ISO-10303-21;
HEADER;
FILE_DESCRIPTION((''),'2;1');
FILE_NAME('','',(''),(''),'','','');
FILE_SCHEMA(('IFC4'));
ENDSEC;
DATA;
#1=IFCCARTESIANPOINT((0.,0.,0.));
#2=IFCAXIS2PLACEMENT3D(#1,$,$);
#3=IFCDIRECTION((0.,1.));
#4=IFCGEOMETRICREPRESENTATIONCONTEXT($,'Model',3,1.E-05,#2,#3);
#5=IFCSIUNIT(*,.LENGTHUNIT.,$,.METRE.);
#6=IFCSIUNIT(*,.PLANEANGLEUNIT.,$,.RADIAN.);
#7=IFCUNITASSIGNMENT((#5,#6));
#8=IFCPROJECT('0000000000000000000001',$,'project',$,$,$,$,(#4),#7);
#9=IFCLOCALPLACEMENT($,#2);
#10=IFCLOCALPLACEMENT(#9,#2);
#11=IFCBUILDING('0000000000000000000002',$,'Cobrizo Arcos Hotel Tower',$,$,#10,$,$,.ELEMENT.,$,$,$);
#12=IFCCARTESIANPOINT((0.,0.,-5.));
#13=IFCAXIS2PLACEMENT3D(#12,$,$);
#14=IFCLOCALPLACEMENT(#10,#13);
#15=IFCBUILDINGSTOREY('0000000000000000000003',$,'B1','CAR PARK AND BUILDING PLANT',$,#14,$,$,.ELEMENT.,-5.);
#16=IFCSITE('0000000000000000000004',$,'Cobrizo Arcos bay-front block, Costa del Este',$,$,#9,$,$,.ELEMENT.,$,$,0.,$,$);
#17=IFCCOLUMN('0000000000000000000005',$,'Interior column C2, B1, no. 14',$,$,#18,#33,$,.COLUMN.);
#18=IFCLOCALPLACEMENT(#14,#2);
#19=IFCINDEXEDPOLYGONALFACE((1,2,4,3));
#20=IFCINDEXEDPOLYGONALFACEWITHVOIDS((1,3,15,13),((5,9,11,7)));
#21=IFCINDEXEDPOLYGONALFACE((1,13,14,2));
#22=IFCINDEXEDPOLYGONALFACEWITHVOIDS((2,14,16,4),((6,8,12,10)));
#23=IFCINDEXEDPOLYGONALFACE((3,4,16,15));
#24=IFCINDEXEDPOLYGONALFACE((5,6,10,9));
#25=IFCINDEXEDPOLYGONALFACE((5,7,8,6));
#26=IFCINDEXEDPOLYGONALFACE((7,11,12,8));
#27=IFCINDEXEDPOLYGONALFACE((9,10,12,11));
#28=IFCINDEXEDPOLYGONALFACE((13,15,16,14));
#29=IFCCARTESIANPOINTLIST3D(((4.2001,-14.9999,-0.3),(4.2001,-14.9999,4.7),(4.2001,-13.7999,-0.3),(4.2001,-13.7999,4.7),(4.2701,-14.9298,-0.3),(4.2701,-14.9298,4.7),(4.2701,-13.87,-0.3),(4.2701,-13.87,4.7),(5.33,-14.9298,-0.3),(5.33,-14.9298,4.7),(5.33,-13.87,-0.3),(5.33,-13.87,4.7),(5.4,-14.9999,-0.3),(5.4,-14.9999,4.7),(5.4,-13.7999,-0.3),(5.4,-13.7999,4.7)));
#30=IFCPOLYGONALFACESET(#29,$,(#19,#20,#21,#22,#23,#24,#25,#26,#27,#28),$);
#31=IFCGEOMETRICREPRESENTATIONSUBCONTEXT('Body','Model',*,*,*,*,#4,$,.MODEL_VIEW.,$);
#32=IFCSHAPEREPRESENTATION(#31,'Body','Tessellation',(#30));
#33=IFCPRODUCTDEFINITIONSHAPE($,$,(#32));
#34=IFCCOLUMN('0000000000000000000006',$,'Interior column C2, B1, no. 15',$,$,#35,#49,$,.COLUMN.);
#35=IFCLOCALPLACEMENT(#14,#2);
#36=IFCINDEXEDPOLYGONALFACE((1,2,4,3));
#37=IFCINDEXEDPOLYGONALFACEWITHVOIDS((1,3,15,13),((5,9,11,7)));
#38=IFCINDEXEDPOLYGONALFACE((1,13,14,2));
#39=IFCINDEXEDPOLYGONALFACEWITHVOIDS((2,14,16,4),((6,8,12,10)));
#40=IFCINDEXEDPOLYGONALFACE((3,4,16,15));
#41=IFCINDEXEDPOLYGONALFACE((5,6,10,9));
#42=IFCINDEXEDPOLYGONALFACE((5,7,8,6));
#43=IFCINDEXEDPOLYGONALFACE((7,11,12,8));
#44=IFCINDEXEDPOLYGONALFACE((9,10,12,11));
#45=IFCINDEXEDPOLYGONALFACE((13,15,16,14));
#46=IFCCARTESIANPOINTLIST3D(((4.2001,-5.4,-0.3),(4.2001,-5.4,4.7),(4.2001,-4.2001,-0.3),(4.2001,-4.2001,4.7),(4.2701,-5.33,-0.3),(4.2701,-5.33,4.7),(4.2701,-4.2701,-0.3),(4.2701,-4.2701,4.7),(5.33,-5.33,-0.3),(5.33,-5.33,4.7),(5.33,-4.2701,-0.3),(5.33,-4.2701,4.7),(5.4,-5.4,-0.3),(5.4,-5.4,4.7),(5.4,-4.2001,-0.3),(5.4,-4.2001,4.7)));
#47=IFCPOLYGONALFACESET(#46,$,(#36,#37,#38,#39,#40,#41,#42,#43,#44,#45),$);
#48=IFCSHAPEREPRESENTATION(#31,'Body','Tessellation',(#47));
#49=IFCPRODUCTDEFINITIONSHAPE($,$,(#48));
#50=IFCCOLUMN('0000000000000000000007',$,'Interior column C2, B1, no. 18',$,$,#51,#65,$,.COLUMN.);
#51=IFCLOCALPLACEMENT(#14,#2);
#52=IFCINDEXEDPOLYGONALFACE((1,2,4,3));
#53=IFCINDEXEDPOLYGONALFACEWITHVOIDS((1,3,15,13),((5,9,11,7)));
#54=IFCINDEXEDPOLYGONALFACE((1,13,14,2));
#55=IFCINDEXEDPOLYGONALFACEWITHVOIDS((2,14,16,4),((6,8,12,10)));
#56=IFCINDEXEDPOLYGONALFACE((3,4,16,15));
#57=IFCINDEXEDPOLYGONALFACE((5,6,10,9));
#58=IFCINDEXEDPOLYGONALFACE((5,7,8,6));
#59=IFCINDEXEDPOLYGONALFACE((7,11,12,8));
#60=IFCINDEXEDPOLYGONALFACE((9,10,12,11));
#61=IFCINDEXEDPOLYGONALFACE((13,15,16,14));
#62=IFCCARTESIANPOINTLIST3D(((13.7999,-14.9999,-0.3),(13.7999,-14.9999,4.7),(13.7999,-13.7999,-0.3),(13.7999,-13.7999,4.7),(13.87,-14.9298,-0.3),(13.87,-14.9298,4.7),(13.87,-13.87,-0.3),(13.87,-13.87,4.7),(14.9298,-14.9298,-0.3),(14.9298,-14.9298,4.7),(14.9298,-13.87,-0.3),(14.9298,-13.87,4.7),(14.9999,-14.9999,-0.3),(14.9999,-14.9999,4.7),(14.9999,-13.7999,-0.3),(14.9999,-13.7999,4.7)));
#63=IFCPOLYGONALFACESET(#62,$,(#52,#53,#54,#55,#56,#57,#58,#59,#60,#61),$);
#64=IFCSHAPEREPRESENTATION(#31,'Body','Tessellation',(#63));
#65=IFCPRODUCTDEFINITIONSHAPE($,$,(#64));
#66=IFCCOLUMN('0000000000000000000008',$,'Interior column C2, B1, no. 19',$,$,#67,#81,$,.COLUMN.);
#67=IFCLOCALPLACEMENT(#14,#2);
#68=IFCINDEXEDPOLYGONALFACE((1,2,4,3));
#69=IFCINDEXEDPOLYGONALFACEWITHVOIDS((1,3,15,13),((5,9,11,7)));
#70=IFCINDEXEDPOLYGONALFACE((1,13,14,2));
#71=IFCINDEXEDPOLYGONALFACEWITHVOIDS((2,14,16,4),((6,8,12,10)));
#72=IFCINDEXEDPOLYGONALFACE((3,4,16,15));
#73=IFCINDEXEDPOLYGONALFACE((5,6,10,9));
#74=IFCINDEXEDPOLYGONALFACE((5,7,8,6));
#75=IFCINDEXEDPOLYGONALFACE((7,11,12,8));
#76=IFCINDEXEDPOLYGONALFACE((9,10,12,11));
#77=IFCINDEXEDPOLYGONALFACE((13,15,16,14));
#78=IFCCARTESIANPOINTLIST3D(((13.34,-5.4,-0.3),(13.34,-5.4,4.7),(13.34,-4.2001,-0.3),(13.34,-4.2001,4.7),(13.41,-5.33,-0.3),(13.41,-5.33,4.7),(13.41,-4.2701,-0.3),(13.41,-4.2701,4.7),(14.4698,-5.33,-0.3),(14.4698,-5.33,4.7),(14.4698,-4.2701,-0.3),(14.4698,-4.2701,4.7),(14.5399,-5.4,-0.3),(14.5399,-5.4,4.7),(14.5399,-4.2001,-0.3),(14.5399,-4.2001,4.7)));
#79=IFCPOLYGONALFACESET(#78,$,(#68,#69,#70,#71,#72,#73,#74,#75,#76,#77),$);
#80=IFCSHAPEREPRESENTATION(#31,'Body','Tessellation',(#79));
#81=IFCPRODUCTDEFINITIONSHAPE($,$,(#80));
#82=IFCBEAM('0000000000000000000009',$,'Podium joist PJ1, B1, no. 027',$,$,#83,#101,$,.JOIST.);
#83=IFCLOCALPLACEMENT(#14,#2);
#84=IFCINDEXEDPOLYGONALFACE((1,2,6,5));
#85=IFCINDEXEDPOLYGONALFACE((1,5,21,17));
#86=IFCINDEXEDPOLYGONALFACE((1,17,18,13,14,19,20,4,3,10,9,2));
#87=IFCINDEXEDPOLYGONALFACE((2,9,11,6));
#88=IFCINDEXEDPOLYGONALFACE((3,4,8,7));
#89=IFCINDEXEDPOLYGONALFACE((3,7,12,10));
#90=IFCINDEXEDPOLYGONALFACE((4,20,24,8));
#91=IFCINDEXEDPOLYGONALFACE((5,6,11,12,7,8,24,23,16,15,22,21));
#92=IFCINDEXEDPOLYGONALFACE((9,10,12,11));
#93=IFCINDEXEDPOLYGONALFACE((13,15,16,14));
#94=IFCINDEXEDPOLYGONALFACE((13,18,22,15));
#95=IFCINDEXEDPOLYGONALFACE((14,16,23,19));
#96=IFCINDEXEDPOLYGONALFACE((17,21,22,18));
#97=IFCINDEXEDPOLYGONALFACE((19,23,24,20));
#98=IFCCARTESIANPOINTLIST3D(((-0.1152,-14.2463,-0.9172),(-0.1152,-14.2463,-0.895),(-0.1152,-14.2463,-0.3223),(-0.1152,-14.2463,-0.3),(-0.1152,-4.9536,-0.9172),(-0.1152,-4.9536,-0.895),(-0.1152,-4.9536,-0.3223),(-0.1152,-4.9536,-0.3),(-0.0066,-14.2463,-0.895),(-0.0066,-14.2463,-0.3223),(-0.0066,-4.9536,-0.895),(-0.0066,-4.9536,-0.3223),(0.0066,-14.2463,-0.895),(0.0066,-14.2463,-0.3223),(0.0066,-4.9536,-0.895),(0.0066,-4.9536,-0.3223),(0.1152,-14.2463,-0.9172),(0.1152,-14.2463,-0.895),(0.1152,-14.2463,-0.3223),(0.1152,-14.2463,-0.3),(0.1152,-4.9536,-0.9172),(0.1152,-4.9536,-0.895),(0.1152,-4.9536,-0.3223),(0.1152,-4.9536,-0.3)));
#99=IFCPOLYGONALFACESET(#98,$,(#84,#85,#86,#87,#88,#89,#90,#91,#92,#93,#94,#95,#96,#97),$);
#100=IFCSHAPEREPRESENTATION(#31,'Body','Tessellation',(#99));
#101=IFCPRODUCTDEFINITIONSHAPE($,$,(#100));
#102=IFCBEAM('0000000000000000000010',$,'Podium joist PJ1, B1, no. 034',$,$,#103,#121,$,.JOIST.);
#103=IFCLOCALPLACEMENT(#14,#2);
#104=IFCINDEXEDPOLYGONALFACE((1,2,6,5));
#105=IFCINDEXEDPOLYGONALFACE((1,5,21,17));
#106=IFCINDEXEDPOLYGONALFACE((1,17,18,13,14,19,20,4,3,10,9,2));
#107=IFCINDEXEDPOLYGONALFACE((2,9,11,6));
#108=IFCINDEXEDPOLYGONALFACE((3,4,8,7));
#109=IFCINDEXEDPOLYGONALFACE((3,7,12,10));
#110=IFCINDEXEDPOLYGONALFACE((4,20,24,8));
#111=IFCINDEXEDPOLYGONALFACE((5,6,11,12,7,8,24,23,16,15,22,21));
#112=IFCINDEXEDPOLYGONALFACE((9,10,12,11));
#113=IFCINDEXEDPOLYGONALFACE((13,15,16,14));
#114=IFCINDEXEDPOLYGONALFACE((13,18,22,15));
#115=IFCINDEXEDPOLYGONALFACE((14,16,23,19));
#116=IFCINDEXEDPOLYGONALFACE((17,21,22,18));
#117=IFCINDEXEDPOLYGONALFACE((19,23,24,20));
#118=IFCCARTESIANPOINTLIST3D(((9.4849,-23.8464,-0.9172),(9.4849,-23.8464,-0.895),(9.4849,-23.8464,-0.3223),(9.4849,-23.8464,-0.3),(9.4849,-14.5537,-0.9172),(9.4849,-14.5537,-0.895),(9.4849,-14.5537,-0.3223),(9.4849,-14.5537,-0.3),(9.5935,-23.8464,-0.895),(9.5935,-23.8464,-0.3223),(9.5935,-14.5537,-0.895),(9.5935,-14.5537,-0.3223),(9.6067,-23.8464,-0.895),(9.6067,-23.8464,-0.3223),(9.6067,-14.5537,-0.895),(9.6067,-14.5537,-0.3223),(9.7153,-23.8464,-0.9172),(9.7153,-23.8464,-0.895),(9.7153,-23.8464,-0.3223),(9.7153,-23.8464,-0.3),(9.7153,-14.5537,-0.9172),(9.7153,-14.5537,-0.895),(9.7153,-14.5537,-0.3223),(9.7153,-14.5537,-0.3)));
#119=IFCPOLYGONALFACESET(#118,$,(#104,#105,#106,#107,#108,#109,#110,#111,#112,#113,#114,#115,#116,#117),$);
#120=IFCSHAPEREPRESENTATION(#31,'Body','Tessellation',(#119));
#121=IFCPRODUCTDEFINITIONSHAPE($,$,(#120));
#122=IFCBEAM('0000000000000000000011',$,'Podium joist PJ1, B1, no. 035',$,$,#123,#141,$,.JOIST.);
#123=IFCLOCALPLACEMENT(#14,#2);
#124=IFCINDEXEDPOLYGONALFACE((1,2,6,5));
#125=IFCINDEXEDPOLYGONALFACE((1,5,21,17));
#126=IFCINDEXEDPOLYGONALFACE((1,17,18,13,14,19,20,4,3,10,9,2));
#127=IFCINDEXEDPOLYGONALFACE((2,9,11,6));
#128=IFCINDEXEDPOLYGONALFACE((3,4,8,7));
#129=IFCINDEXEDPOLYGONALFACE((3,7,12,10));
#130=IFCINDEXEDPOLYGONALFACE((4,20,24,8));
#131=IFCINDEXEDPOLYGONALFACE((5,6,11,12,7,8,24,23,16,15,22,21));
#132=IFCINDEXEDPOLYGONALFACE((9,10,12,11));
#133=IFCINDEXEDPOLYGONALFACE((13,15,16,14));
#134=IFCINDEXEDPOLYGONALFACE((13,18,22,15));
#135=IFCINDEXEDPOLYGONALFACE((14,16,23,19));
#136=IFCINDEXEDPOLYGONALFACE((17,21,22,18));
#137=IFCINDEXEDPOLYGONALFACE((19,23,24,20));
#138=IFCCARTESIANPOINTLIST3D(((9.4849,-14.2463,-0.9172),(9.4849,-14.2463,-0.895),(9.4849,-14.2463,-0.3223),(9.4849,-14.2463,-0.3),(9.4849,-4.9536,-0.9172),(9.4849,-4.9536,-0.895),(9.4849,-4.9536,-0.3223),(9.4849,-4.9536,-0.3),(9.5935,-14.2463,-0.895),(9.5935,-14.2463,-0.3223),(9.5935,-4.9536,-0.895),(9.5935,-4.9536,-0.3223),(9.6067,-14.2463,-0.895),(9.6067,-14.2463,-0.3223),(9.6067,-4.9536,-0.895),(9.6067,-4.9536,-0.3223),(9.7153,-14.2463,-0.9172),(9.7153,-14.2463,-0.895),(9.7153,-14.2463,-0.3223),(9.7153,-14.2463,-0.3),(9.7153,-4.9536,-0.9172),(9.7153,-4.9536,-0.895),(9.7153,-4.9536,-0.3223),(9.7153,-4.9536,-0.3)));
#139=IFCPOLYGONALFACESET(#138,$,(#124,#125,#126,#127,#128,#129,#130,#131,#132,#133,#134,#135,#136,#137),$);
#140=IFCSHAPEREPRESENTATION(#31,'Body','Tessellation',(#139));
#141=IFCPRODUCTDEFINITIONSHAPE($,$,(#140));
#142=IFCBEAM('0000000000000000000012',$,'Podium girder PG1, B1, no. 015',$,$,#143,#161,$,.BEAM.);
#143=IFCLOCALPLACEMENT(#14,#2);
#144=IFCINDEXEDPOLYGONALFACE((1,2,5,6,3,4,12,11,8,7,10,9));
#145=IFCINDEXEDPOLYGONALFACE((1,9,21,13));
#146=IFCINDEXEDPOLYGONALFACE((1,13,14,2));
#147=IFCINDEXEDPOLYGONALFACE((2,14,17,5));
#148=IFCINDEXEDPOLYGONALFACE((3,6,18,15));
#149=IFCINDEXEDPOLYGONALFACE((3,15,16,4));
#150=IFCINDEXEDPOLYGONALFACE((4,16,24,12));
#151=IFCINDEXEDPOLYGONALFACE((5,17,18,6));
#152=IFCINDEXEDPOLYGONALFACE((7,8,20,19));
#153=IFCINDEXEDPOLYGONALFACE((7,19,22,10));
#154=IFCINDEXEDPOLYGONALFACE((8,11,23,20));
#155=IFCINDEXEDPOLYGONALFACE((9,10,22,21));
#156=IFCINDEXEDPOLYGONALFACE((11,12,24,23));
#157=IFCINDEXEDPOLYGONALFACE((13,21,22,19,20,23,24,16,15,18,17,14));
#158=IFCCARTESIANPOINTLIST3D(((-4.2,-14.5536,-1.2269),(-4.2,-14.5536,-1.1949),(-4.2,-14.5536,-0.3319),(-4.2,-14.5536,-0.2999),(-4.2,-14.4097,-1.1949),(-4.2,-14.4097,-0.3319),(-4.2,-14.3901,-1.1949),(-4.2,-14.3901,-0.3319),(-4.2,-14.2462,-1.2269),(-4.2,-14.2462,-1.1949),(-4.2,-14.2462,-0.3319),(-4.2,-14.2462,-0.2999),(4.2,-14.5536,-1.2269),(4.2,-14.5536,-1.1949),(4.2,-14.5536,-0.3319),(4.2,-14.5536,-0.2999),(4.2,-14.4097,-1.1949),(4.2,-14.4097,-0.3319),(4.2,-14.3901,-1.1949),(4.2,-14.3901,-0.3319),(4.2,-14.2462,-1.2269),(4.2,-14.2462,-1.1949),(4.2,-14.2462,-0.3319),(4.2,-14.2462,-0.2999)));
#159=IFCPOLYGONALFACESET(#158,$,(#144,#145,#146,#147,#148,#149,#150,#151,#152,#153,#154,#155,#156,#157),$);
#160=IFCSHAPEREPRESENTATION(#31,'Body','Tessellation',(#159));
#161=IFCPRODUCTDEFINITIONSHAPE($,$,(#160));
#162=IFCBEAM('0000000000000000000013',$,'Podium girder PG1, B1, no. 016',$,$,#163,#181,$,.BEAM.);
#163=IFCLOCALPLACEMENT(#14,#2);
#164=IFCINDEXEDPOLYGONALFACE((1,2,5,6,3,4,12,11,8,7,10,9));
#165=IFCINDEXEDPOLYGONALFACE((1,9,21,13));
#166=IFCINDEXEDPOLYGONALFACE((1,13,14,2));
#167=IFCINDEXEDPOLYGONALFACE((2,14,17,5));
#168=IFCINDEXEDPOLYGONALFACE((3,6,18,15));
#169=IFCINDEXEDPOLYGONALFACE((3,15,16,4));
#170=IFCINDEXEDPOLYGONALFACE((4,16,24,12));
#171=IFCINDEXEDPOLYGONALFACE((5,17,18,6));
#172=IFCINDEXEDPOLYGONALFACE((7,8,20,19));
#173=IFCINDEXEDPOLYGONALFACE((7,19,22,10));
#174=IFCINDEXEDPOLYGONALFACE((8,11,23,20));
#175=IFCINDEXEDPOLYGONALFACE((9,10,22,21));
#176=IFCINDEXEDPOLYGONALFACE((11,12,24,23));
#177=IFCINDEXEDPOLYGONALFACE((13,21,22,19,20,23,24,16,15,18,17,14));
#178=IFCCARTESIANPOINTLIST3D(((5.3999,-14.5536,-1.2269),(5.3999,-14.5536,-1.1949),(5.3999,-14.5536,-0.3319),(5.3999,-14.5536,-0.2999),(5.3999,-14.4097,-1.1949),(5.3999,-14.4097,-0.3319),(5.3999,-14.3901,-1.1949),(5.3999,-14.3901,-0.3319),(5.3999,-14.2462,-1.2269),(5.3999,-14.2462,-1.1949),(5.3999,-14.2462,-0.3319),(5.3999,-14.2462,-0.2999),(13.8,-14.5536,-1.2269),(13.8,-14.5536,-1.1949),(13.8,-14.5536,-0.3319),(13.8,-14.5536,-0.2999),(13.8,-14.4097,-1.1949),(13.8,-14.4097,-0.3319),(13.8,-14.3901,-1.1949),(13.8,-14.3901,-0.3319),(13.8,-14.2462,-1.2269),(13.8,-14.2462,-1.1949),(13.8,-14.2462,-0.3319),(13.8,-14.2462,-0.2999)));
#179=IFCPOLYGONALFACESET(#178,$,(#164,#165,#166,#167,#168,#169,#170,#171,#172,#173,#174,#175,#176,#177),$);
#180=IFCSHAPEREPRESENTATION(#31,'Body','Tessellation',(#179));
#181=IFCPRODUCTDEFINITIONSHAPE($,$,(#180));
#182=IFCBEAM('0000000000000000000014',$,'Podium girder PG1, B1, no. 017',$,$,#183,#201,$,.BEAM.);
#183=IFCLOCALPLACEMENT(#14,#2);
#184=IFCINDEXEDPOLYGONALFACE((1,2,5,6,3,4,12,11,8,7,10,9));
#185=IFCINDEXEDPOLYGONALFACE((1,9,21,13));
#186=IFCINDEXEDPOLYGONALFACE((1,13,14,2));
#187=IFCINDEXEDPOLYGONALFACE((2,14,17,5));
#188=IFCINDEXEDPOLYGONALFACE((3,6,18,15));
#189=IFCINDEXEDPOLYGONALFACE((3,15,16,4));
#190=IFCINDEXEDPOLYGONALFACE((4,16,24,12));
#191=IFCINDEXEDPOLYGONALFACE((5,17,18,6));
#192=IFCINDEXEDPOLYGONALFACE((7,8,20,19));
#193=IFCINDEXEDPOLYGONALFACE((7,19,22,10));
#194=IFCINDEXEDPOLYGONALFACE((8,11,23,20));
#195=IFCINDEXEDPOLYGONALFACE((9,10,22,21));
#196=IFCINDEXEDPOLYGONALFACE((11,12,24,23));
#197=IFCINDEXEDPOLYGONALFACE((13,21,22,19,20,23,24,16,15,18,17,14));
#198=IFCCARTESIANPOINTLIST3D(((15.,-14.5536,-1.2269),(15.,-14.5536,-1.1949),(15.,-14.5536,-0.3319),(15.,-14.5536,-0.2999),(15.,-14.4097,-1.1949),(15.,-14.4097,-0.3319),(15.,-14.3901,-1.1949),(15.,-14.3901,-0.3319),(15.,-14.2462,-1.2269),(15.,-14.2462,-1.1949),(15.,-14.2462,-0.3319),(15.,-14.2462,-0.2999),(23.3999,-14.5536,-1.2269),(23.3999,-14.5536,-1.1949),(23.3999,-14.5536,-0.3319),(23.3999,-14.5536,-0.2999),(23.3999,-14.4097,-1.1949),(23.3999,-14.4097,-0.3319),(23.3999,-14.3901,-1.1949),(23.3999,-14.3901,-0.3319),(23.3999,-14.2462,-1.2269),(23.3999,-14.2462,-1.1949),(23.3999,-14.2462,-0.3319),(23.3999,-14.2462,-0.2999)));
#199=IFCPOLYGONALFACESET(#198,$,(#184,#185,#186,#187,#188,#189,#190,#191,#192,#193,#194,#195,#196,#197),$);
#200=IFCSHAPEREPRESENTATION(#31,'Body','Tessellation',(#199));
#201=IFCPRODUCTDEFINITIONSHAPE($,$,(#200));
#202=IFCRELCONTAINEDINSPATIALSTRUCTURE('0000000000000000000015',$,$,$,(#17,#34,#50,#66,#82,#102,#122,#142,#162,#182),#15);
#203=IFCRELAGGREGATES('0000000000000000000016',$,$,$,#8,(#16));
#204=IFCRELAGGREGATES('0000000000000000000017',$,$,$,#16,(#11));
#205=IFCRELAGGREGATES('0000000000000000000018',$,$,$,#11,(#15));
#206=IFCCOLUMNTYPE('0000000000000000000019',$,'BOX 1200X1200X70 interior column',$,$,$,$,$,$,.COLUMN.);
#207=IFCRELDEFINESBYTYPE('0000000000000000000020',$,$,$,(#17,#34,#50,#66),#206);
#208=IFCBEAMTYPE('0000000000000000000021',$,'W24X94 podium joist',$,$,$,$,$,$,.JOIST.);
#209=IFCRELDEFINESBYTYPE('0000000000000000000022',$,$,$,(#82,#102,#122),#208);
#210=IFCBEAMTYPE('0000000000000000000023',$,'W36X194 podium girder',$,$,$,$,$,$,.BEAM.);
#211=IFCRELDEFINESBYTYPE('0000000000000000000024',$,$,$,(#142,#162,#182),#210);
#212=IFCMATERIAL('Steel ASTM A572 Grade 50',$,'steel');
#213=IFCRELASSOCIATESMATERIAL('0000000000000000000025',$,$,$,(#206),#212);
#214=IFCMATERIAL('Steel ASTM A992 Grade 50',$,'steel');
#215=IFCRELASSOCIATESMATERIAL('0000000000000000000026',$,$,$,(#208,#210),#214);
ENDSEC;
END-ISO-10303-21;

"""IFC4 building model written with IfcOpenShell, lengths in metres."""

from ifc_helpers import new_model, si_unit, direction, frame, origin, origin_2d, place, context, subcontext, project, spatial, hollow_rectangle, i_section, extrude, material, material_profile, profile_set, type_object, element, save


model = new_model("IFC4")

# Units and contexts
model_context = context("Model", 3, precision=1e-05, world=origin(), true_north=direction((0.0, 1.0)))
body_context = subcontext(model_context, "Body", "Model", "MODEL_VIEW")
ifc_project = project(units=[si_unit("LENGTHUNIT", "METRE"), si_unit("PLANEANGLEUNIT", "RADIAN")], contexts=[model_context])

# Site, building, storey
site_placement = place(None, origin())
site = spatial("IfcSite", under=ifc_project, at=site_placement, Name="Cobrizo Arcos bay-front block, Costa del Este", CompositionType="ELEMENT", RefElevation=0.0)
building_placement = place(site_placement, origin())
building = spatial("IfcBuilding", under=site, at=building_placement, Name="Cobrizo Arcos Hotel Tower", CompositionType="ELEMENT")
storey_placement = place(building_placement, frame((0.0, 0.0, -5.0)))
storey = spatial("IfcBuildingStorey", under=building, at=storey_placement, Name="B1", Description="CAR PARK AND BUILDING PLANT", CompositionType="ELEMENT", Elevation=-5.0)

# Columns
ifc_material_1 = material(Name="Steel ASTM A572 Grade 50", Category="steel")
ifc_material_profile_1 = material_profile(ifc_material_1, hollow_rectangle(XDim=1.2, YDim=1.2, WallThickness=0.0701, at=origin_2d()), Name="BOX 1200X1200X70")
ifc_profile_set_1 = profile_set([ifc_material_profile_1], Name="Steel ASTM A572 Grade 50")
column_type = type_object("IfcColumnType", Name="BOX 1200X1200X70 interior column", PredefinedType="COLUMN", material=ifc_profile_set_1)
for number, where, z_axis, x_axis, name in (
    (1, (4.8, -14.3999, -0.3), (0.0, 0.0, 1.0), (1.0, 0.0, 0.0), "Interior column C2, B1, no. 14"),
    (2, (4.8, -4.8, -0.3), (0.0, 0.0, 1.0), (1.0, 0.0, 0.0), "Interior column C2, B1, no. 15"),
    (3, (14.3999, -14.3999, -0.3), (0.0, 0.0, 1.0), (1.0, 0.0, 0.0), "Interior column C2, B1, no. 18"),
    (4, (13.9399, -4.8, -0.3), (0.0, 0.0, 1.0), (1.0, 0.0, 0.0), "Interior column C2, B1, no. 19"),
):
    element("IfcColumn", number, at=place(storey_placement, frame(where, z_axis=z_axis, x_axis=x_axis)), inside=storey, type_object=column_type, Name=name, PredefinedType="COLUMN", context=body_context, shape_type="SweptSolid", body=[
        extrude(hollow_rectangle(XDim=1.2, YDim=1.2, WallThickness=0.0701, at=origin_2d()), origin(), (0.0, 0.0, 1.0), 5.0),
    ])

# Beams
ifc_material_2 = material(Name="Steel ASTM A992 Grade 50", Category="steel")
ifc_material_profile_2 = material_profile(ifc_material_2, i_section(OverallWidth=0.2305, OverallDepth=0.6172, WebThickness=0.0132, FlangeThickness=0.0222, at=origin_2d()), Name="W24X94")
ifc_profile_set_2 = profile_set([ifc_material_profile_2], Name="Steel ASTM A992 Grade 50")
beam_type_1 = type_object("IfcBeamType", Name="W24X94 podium joist", PredefinedType="JOIST", material=ifc_profile_set_2)
for number, where, z_axis, x_axis, name in (
    (5, (0.0, -14.2463, -0.6086), (0.0, 1.0, 0.0), (-1.0, 0.0, 0.0), "Podium joist PJ1, B1, no. 027"),
    (6, (9.6001, -23.8464, -0.6086), (0.0, 1.0, 0.0), (-1.0, 0.0, 0.0), "Podium joist PJ1, B1, no. 034"),
    (7, (9.6001, -14.2463, -0.6086), (0.0, 1.0, 0.0), (-1.0, 0.0, 0.0), "Podium joist PJ1, B1, no. 035"),
):
    element("IfcBeam", number, at=place(storey_placement, frame(where, z_axis=z_axis, x_axis=x_axis)), inside=storey, type_object=beam_type_1, Name=name, PredefinedType="JOIST", context=body_context, shape_type="SweptSolid", body=[
        extrude(i_section(OverallWidth=0.2305, OverallDepth=0.6172, WebThickness=0.0132, FlangeThickness=0.0222, at=origin_2d()), origin(), (0.0, 0.0, 1.0), 9.2927),
    ])
ifc_material_profile_3 = material_profile(ifc_material_2, i_section(OverallWidth=0.3074, OverallDepth=0.927, WebThickness=0.0195, FlangeThickness=0.032, at=origin_2d()), Name="W36X194")
ifc_profile_set_3 = profile_set([ifc_material_profile_3], Name="Steel ASTM A992 Grade 50")
beam_type_2 = type_object("IfcBeamType", Name="W36X194 podium girder", PredefinedType="BEAM", material=ifc_profile_set_3)
beam_1_placement = place(storey_placement, frame((-4.2, -14.3999, -0.7634), z_axis=(1.0, 0.0, 0.0), x_axis=(0.0, 1.0, 0.0)))
element("IfcBeam", 8, at=beam_1_placement, inside=storey, type_object=beam_type_2, Name="Podium girder PG1, B1, no. 015", PredefinedType="BEAM", context=body_context, shape_type="SweptSolid", body=[
    extrude(i_section(OverallWidth=0.3074, OverallDepth=0.927, WebThickness=0.0195, FlangeThickness=0.032, at=origin_2d()), origin(), (0.0, 0.0, 1.0), 8.3999),
])
beam_2_placement = place(storey_placement, frame((5.3999, -14.3999, -0.7634), z_axis=(1.0, 0.0, 0.0), x_axis=(0.0, 1.0, 0.0)))
element("IfcBeam", 9, at=beam_2_placement, inside=storey, type_object=beam_type_2, Name="Podium girder PG1, B1, no. 016", PredefinedType="BEAM", context=body_context, shape_type="SweptSolid", body=[
    extrude(i_section(OverallWidth=0.3074, OverallDepth=0.927, WebThickness=0.0195, FlangeThickness=0.032, at=origin_2d()), origin(), (0.0, 0.0, 1.0), 8.4001),
])
for number, where, z_axis, x_axis, name in (
    (10, (15.0, -14.3999, -0.7634), (1.0, 0.0, 0.0), (0.0, 1.0, 0.0), "Podium girder PG1, B1, no. 017"),
):
    element("IfcBeam", number, at=place(storey_placement, frame(where, z_axis=z_axis, x_axis=x_axis)), inside=storey, type_object=beam_type_2, Name=name, PredefinedType="BEAM", context=body_context, shape_type="SweptSolid", body=[
        extrude(i_section(OverallWidth=0.3074, OverallDepth=0.927, WebThickness=0.0195, FlangeThickness=0.032, at=origin_2d()), origin(), (0.0, 0.0, 1.0), 8.3999),
    ])

save(model, "model.ifc")
